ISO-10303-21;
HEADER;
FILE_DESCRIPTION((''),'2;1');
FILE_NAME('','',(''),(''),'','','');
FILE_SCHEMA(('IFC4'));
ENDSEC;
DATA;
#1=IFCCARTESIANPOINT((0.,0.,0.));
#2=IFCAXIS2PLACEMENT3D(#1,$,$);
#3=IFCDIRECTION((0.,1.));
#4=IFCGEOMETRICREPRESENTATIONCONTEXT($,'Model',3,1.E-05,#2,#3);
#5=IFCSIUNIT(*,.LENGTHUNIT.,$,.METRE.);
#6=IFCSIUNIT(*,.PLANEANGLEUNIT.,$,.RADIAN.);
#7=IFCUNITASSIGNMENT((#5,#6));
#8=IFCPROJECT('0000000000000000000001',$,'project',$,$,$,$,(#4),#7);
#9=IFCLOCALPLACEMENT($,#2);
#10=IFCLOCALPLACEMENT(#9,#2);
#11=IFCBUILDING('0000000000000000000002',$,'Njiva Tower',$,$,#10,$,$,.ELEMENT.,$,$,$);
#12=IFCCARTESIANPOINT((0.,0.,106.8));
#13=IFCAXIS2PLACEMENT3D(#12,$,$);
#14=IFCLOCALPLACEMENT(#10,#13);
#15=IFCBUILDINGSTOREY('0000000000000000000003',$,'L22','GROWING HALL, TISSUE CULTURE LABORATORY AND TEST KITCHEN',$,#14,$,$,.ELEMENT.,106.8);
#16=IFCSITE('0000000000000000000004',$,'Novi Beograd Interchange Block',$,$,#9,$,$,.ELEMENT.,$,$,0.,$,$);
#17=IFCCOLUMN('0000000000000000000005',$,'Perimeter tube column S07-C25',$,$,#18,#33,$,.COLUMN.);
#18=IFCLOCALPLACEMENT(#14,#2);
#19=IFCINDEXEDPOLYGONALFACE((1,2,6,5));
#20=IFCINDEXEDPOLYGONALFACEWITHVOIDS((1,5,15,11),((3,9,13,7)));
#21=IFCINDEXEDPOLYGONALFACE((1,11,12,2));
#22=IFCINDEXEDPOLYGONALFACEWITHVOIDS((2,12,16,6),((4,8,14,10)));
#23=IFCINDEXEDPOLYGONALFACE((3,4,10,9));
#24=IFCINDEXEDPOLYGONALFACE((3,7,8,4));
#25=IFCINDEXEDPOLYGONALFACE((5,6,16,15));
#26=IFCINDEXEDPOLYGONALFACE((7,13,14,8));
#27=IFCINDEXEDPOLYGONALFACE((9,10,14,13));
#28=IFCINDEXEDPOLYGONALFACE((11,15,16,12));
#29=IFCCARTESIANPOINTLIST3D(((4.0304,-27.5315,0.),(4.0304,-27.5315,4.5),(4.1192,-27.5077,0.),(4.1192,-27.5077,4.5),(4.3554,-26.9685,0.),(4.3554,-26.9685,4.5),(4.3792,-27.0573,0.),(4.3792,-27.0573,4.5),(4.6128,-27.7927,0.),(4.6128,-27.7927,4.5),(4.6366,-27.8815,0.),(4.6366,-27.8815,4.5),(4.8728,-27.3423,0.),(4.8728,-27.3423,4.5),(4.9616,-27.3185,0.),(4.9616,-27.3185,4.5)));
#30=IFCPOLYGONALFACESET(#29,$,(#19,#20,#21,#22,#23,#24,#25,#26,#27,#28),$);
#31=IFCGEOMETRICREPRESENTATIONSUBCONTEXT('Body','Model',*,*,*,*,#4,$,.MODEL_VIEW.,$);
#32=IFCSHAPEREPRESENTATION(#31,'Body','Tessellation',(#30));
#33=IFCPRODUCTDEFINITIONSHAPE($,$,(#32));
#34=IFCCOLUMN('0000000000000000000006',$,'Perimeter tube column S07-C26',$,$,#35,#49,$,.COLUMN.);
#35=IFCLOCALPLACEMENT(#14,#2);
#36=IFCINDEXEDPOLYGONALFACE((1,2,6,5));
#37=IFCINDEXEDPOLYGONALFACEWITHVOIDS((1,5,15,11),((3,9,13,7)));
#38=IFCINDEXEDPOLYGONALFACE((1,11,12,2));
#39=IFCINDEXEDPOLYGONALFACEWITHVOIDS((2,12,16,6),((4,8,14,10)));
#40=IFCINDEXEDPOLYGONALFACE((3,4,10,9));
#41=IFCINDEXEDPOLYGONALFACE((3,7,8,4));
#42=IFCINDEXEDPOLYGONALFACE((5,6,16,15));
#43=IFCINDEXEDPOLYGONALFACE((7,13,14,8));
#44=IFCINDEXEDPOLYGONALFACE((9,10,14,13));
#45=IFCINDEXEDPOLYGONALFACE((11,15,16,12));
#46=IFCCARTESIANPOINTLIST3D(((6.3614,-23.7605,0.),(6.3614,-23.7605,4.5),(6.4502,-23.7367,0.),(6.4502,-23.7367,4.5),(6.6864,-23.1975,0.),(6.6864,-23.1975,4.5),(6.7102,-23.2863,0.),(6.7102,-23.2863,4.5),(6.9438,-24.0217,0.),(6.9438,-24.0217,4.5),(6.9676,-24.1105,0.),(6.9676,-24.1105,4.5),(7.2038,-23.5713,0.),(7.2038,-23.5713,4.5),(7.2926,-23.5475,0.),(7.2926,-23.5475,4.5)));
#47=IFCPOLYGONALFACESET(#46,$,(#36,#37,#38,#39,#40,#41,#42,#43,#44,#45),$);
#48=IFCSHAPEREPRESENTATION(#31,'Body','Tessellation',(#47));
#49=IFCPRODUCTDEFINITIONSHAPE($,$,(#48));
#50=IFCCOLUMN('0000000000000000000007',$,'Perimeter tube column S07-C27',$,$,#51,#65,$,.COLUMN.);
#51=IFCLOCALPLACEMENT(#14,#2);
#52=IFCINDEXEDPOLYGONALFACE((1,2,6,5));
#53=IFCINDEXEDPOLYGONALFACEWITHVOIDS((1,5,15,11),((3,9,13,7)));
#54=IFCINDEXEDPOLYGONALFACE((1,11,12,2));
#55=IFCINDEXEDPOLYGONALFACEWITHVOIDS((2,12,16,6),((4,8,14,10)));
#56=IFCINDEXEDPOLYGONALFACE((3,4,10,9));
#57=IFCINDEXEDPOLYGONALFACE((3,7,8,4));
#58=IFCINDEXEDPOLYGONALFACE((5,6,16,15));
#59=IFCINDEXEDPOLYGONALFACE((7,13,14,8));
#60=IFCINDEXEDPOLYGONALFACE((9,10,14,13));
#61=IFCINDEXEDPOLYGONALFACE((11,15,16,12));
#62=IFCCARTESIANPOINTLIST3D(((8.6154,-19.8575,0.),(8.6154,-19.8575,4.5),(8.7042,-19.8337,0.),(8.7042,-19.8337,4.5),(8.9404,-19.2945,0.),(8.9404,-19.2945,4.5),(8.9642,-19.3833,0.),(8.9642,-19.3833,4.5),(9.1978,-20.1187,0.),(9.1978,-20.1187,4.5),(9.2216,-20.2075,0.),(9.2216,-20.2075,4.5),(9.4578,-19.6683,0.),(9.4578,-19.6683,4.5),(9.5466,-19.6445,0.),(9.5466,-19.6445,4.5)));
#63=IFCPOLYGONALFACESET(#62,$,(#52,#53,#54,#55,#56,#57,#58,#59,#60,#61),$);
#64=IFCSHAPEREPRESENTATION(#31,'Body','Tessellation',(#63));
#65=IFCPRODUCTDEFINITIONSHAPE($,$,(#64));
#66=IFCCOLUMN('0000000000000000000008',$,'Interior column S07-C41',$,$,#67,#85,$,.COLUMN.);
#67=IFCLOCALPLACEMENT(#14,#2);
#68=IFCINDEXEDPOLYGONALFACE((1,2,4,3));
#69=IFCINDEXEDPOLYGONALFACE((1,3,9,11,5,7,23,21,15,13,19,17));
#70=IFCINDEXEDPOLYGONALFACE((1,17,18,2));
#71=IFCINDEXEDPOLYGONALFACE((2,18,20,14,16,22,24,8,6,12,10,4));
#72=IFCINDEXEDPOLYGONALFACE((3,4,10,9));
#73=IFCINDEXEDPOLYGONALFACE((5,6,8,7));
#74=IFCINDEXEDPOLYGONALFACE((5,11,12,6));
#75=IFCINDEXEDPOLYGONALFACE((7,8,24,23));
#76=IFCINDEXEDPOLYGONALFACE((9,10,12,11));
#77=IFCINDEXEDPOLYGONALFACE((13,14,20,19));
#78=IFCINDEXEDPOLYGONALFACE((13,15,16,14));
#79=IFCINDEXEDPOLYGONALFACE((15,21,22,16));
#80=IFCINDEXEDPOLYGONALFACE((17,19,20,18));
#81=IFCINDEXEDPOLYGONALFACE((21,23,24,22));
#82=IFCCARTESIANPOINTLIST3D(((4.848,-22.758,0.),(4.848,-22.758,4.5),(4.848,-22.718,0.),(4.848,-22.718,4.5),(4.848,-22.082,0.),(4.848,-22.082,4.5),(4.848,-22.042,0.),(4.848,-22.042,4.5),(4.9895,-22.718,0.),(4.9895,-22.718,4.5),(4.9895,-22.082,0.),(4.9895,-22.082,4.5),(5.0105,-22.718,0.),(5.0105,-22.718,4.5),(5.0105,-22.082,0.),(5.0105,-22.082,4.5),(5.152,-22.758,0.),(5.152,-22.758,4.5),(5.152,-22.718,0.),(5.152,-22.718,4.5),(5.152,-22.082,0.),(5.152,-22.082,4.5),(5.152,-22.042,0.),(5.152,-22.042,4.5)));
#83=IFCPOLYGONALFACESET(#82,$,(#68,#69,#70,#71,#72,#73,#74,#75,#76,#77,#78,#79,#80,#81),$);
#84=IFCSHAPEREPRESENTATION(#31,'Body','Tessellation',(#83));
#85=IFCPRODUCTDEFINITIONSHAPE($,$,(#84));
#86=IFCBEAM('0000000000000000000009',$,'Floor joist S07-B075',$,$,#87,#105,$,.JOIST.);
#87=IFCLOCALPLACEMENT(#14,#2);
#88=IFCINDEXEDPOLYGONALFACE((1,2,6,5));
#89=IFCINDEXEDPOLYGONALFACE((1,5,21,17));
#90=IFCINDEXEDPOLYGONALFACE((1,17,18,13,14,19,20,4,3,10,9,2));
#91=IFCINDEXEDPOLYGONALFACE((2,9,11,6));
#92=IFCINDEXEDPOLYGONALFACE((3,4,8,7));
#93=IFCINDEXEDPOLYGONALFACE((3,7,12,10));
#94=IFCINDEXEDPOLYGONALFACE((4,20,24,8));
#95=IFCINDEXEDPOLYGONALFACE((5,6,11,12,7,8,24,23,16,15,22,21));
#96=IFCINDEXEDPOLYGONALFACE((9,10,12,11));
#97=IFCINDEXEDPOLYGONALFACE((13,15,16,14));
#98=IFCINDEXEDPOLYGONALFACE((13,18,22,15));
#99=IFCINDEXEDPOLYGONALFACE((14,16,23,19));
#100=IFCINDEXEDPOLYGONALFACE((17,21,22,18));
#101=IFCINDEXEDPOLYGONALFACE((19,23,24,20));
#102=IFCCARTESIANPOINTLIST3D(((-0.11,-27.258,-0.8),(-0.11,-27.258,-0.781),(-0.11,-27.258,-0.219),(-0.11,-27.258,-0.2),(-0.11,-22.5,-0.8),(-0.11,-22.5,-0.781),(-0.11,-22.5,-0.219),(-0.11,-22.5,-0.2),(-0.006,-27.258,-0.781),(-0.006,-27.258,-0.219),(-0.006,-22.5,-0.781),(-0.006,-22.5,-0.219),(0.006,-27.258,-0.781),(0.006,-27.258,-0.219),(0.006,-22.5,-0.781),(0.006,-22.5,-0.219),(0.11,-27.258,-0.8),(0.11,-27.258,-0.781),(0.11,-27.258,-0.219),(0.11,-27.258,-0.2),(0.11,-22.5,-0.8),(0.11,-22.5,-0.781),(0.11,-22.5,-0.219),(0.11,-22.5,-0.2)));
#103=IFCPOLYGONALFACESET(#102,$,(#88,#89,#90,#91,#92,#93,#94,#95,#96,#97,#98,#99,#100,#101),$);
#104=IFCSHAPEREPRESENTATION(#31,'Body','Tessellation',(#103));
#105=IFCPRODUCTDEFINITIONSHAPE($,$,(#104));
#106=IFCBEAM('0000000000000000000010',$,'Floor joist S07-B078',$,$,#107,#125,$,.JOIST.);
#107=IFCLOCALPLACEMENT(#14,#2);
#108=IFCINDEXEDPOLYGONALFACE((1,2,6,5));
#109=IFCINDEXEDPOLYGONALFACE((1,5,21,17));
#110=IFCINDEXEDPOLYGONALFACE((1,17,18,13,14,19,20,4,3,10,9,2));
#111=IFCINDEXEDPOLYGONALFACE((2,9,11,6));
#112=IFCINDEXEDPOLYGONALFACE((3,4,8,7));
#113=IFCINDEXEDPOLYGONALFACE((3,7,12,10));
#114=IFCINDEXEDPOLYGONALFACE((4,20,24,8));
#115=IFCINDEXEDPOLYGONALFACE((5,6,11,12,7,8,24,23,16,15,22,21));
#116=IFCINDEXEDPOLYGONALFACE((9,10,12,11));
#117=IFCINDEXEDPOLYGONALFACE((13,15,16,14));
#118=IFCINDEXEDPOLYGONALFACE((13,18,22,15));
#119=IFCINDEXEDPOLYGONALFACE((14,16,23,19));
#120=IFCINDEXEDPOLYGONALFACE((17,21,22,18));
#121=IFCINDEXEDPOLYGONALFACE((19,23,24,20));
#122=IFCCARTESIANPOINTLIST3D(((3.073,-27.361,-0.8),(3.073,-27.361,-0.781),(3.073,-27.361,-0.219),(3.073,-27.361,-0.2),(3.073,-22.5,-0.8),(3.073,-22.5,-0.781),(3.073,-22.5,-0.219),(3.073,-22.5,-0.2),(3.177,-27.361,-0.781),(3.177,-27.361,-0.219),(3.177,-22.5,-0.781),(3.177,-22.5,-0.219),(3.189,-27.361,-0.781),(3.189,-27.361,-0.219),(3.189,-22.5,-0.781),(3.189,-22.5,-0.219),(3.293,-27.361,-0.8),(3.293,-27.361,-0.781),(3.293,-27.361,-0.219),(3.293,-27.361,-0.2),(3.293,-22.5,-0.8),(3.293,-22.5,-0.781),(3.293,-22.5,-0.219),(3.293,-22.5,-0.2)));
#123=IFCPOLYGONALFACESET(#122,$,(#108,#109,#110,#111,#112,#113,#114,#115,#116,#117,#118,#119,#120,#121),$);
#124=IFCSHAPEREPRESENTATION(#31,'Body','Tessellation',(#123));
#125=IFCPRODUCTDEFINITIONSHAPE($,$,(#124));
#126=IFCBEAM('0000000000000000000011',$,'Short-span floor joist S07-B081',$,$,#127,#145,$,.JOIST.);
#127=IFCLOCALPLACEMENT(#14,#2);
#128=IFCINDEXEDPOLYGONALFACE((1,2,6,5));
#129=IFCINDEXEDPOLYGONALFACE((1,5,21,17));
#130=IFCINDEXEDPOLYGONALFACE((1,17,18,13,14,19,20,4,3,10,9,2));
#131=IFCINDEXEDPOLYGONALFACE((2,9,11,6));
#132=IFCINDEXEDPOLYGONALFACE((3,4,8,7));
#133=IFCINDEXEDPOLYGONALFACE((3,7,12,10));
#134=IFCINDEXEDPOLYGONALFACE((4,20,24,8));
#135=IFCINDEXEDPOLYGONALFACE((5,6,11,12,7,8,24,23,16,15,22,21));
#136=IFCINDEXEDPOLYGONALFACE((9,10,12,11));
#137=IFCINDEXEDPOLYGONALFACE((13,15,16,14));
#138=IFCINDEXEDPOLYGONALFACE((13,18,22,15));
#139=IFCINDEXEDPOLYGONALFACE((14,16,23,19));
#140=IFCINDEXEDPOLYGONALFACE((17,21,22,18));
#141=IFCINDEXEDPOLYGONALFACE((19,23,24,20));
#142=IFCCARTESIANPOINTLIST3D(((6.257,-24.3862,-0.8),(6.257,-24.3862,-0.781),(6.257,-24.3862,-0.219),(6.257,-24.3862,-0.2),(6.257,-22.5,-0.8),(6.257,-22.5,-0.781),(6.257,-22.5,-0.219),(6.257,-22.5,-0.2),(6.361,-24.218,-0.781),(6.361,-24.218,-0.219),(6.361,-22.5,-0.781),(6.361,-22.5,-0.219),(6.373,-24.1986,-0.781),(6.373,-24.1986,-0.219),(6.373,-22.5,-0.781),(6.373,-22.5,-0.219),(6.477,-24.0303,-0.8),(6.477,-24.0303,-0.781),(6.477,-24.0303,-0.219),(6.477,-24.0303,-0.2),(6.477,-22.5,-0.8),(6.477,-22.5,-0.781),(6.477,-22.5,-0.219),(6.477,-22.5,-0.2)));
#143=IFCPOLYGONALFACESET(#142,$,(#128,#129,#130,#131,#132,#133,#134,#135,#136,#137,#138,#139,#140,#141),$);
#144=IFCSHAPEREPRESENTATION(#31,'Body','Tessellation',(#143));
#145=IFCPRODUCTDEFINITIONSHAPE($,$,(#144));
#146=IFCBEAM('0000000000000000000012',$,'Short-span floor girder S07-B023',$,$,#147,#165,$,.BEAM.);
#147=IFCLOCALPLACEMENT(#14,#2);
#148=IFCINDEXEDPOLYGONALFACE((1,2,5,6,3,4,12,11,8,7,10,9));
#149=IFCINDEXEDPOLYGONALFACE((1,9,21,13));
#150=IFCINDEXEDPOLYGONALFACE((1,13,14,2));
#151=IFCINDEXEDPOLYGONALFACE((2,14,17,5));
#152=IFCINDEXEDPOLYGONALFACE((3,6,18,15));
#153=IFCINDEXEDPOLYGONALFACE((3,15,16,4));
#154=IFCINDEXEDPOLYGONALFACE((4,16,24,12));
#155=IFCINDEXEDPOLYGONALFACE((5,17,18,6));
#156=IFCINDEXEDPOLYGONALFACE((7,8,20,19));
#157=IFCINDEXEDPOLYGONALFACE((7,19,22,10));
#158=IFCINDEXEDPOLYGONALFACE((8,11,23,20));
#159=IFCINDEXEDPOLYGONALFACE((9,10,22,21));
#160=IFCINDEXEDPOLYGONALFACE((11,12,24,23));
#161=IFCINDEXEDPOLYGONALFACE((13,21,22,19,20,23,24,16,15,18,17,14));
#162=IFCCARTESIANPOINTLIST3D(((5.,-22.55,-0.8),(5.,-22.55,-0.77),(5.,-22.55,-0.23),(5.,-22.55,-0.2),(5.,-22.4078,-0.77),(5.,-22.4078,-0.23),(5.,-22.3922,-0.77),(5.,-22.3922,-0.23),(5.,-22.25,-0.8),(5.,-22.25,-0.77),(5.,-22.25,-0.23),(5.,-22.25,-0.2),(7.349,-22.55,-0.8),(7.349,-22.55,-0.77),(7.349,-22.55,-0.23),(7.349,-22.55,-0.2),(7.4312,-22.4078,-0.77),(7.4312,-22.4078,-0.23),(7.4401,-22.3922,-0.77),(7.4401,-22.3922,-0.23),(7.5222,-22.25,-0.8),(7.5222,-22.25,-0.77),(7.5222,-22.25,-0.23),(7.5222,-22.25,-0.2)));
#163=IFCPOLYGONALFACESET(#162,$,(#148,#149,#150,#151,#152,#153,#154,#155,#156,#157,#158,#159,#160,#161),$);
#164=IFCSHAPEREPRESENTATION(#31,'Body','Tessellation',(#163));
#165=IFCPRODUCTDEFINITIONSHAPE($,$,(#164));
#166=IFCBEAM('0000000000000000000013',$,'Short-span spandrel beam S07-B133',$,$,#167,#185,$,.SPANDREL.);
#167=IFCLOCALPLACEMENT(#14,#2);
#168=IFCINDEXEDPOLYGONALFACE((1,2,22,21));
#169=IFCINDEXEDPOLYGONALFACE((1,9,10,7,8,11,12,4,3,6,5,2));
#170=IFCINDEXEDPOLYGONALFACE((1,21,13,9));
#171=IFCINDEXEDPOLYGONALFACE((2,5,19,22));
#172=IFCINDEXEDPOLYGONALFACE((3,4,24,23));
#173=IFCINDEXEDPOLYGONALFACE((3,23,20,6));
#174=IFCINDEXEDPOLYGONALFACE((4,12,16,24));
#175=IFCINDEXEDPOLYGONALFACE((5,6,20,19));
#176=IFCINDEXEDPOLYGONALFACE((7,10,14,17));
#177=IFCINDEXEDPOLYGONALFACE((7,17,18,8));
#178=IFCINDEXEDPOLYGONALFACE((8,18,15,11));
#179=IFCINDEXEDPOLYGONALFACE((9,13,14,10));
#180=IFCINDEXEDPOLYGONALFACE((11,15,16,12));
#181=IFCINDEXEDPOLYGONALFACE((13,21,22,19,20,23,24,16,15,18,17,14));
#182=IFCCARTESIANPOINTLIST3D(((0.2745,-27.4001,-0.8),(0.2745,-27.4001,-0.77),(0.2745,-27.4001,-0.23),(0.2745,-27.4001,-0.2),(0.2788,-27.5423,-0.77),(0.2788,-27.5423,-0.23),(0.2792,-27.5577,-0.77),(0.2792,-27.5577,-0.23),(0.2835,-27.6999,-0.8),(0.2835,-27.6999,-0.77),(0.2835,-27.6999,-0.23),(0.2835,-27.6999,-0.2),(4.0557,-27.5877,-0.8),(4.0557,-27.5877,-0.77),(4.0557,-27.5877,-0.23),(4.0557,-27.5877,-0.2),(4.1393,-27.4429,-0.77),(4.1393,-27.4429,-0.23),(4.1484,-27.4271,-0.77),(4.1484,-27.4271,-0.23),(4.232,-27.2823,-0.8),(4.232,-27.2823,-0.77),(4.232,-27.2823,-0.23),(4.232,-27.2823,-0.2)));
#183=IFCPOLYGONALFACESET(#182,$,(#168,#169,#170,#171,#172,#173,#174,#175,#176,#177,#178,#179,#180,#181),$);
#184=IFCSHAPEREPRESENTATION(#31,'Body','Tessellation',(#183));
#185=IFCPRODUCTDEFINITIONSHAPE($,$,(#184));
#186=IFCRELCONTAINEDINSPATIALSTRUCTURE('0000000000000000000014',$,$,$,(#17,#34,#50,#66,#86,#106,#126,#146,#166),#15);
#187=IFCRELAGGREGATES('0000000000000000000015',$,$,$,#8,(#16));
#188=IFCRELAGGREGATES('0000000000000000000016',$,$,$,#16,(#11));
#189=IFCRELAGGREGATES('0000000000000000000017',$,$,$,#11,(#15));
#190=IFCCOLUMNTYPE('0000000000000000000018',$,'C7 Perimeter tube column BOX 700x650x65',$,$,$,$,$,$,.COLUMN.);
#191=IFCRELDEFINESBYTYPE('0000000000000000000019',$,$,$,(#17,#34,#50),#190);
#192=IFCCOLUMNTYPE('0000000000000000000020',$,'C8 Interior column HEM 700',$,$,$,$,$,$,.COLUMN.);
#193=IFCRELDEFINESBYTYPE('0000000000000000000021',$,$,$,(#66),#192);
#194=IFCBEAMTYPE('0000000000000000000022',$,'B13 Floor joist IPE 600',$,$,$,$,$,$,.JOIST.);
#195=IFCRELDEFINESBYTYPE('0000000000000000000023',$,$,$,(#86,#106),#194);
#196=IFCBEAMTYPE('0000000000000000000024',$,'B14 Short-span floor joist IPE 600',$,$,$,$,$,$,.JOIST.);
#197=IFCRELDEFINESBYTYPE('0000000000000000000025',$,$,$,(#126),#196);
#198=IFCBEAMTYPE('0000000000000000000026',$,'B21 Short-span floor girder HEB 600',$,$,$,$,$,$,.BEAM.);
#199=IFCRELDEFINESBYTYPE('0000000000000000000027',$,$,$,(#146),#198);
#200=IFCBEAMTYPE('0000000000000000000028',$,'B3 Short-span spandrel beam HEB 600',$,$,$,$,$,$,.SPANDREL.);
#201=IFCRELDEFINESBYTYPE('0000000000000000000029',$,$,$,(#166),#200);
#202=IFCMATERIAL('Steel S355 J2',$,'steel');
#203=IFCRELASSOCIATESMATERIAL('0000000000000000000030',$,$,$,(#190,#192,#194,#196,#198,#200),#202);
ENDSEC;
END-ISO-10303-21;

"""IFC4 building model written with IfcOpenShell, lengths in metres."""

from ifc_helpers import new_model, si_unit, direction, frame, origin, origin_2d, place, context, subcontext, project, spatial, hollow_rectangle, i_section, extrude, clip, halfspace, material, material_profile, profile_set, type_object, element, save


model = new_model("IFC4")

# Units and contexts
model_context = context("Model", 3, precision=1e-05, world=origin(), true_north=direction((0.0, 1.0)))
body_context = subcontext(model_context, "Body", "Model", "MODEL_VIEW")
ifc_project = project(units=[si_unit("LENGTHUNIT", "METRE"), si_unit("PLANEANGLEUNIT", "RADIAN")], contexts=[model_context])

# Site, building, storey
site_placement = place(None, origin())
site = spatial("IfcSite", under=ifc_project, at=site_placement, Name="Novi Beograd Interchange Block", CompositionType="ELEMENT", RefElevation=0.0)
building_placement = place(site_placement, origin())
building = spatial("IfcBuilding", under=site, at=building_placement, Name="Njiva Tower", CompositionType="ELEMENT")
storey_placement = place(building_placement, frame((0.0, 0.0, 106.8)))
storey = spatial("IfcBuildingStorey", under=building, at=storey_placement, Name="L22", Description="GROWING HALL, TISSUE CULTURE LABORATORY AND TEST KITCHEN", CompositionType="ELEMENT", Elevation=106.8)

# Columns
ifc_material_1 = material(Name="Steel S355 J2", Category="steel")
ifc_material_profile_1 = material_profile(ifc_material_1, hollow_rectangle(XDim=0.65, YDim=0.7, WallThickness=0.065, at=origin_2d()), Name="BOX 700x650x65")
ifc_profile_set_1 = profile_set([ifc_material_profile_1], Name="Steel S355 J2")
column_type_1 = type_object("IfcColumnType", Name="C7 Perimeter tube column BOX 700x650x65", PredefinedType="COLUMN", material=ifc_profile_set_1)
for number, where, z_axis, x_axis, name in (
    (1, (4.496, -27.425, 0.0), (0.0, 0.0, 1.0), (0.5, 0.866025, 0.0), "Perimeter tube column S07-C25"),
    (2, (6.827, -23.654, 0.0), (0.0, 0.0, 1.0), (0.5, 0.866025, 0.0), "Perimeter tube column S07-C26"),
    (3, (9.081, -19.751, 0.0), (0.0, 0.0, 1.0), (0.5, 0.866025, 0.0), "Perimeter tube column S07-C27"),
):
    element("IfcColumn", number, at=place(storey_placement, frame(where, z_axis=z_axis, x_axis=x_axis)), inside=storey, type_object=column_type_1, Name=name, PredefinedType="COLUMN", context=body_context, shape_type="SweptSolid", body=[
        extrude(hollow_rectangle(XDim=0.65, YDim=0.7, WallThickness=0.065, at=origin_2d()), origin(), (0.0, 0.0, 1.0), 4.5),
    ])
ifc_material_profile_2 = material_profile(ifc_material_1, i_section(OverallWidth=0.304, OverallDepth=0.716, WebThickness=0.021, FlangeThickness=0.04, at=origin_2d()), Name="HEM 700")
ifc_profile_set_2 = profile_set([ifc_material_profile_2], Name="Steel S355 J2")
column_type_2 = type_object("IfcColumnType", Name="C8 Interior column HEM 700", PredefinedType="COLUMN", material=ifc_profile_set_2)
column_placement = place(storey_placement, frame((5.0, -22.4, 0.0), z_axis=(0.0, 0.0, 1.0), x_axis=(1.0, 0.0, 0.0)))
element("IfcColumn", 4, at=column_placement, inside=storey, type_object=column_type_2, Name="Interior column S07-C41", PredefinedType="COLUMN", context=body_context, shape_type="SweptSolid", body=[
    extrude(i_section(OverallWidth=0.304, OverallDepth=0.716, WebThickness=0.021, FlangeThickness=0.04, at=origin_2d()), origin(), (0.0, 0.0, 1.0), 4.5),
])

# Beams
ifc_material_profile_3 = material_profile(ifc_material_1, i_section(OverallWidth=0.22, OverallDepth=0.6, WebThickness=0.012, FlangeThickness=0.019, at=origin_2d()), Name="IPE 600")
ifc_profile_set_3 = profile_set([ifc_material_profile_3], Name="Steel S355 J2")
beam_type_1 = type_object("IfcBeamType", Name="B13 Floor joist IPE 600", PredefinedType="JOIST", material=ifc_profile_set_3)
beam_1_placement = place(storey_placement, frame((0.0, -22.5, -0.5), z_axis=(0.0, -1.0, 0.0), x_axis=(1.0, 0.0, 0.0)))
element("IfcBeam", 5, at=beam_1_placement, inside=storey, type_object=beam_type_1, Name="Floor joist S07-B075", PredefinedType="JOIST", context=body_context, shape_type="SweptSolid", body=[
    extrude(i_section(OverallWidth=0.22, OverallDepth=0.6, WebThickness=0.012, FlangeThickness=0.019, at=origin_2d()), origin(), (0.0, 0.0, 1.0), 4.758),
])
beam_2_placement = place(storey_placement, frame((3.183, -22.5, -0.5), z_axis=(0.0, -1.0, 0.0), x_axis=(1.0, 0.0, 0.0)))
element("IfcBeam", 6, at=beam_2_placement, inside=storey, type_object=beam_type_1, Name="Floor joist S07-B078", PredefinedType="JOIST", context=body_context, shape_type="SweptSolid", body=[
    extrude(i_section(OverallWidth=0.22, OverallDepth=0.6, WebThickness=0.012, FlangeThickness=0.019, at=origin_2d()), origin(), (0.0, 0.0, 1.0), 4.861),
])
ifc_material_profile_4 = material_profile(ifc_material_1, i_section(OverallWidth=0.22, OverallDepth=0.6, WebThickness=0.012, FlangeThickness=0.019, at=origin_2d()), Name="IPE 600")
ifc_profile_set_4 = profile_set([ifc_material_profile_4], Name="Steel S355 J2")
beam_type_2 = type_object("IfcBeamType", Name="B14 Short-span floor joist IPE 600", PredefinedType="JOIST", material=ifc_profile_set_4)
beam_3_placement = place(storey_placement, frame((6.367, -22.5, -0.5), z_axis=(0.0, -1.0, 0.0), x_axis=(1.0, 0.0, 0.0)))
element("IfcBeam", 7, at=beam_3_placement, inside=storey, type_object=beam_type_2, Name="Short-span floor joist S07-B081", PredefinedType="JOIST", context=body_context, shape_type="Clipping", body=[
    clip(extrude(i_section(OverallWidth=0.22, OverallDepth=0.6, WebThickness=0.012, FlangeThickness=0.019, at=origin_2d()), origin(), (0.0, 0.0, 1.0), 1.907), halfspace(frame((0.0422, 0.0, 1.64), z_axis=(0.85062, 0.0, 0.52578), x_axis=(0.0, 1.0, 0.0)), False)),
])
ifc_material_profile_5 = material_profile(ifc_material_1, i_section(OverallWidth=0.3, OverallDepth=0.6, WebThickness=0.0155, FlangeThickness=0.03, at=origin_2d()), Name="HEB 600")
ifc_profile_set_5 = profile_set([ifc_material_profile_5], Name="Steel S355 J2")
beam_type_3 = type_object("IfcBeamType", Name="B21 Short-span floor girder HEB 600", PredefinedType="BEAM", material=ifc_profile_set_5)
beam_4_placement = place(storey_placement, frame((5.0, -22.4, -0.5), z_axis=(1.0, 0.0, 0.0), x_axis=(0.0, 1.0, 0.0)))
element("IfcBeam", 8, at=beam_4_placement, inside=storey, type_object=beam_type_3, Name="Short-span floor girder S07-B023", PredefinedType="BEAM", context=body_context, shape_type="Clipping", body=[
    clip(extrude(i_section(OverallWidth=0.3, OverallDepth=0.6, WebThickness=0.0155, FlangeThickness=0.03, at=origin_2d()), origin(), (0.0, 0.0, 1.0), 2.543), halfspace(frame((-0.025, 0.0, 2.4212), z_axis=(-0.499998, 0.0, 0.866027), x_axis=(0.0, 1.0, 0.0)), False)),
])
ifc_material_profile_6 = material_profile(ifc_material_1, i_section(OverallWidth=0.3, OverallDepth=0.6, WebThickness=0.0155, FlangeThickness=0.03, at=origin_2d()), Name="HEB 600")
ifc_profile_set_6 = profile_set([ifc_material_profile_6], Name="Steel S355 J2")
beam_type_4 = type_object("IfcBeamType", Name="B3 Short-span spandrel beam HEB 600", PredefinedType="SPANDREL", material=ifc_profile_set_6)
beam_5_placement = place(storey_placement, frame((0.279, -27.55, -0.5), z_axis=(0.999558, 0.029741, 0.0), x_axis=(-0.029741, 0.999558, 0.0)))
element("IfcBeam", 9, at=beam_5_placement, inside=storey, type_object=beam_type_4, Name="Short-span spandrel beam S07-B133", PredefinedType="SPANDREL", context=body_context, shape_type="Clipping", body=[
    clip(extrude(i_section(OverallWidth=0.3, OverallDepth=0.6, WebThickness=0.0155, FlangeThickness=0.03, at=origin_2d()), origin(), (0.0, 0.0, 1.0), 3.9797), halfspace(frame((-0.0266, 0.0, 3.8501), z_axis=(-0.525533, 0.0, 0.850773), x_axis=(0.0, 1.0, 0.0)), False)),
])

save(model, "model.ifc")
